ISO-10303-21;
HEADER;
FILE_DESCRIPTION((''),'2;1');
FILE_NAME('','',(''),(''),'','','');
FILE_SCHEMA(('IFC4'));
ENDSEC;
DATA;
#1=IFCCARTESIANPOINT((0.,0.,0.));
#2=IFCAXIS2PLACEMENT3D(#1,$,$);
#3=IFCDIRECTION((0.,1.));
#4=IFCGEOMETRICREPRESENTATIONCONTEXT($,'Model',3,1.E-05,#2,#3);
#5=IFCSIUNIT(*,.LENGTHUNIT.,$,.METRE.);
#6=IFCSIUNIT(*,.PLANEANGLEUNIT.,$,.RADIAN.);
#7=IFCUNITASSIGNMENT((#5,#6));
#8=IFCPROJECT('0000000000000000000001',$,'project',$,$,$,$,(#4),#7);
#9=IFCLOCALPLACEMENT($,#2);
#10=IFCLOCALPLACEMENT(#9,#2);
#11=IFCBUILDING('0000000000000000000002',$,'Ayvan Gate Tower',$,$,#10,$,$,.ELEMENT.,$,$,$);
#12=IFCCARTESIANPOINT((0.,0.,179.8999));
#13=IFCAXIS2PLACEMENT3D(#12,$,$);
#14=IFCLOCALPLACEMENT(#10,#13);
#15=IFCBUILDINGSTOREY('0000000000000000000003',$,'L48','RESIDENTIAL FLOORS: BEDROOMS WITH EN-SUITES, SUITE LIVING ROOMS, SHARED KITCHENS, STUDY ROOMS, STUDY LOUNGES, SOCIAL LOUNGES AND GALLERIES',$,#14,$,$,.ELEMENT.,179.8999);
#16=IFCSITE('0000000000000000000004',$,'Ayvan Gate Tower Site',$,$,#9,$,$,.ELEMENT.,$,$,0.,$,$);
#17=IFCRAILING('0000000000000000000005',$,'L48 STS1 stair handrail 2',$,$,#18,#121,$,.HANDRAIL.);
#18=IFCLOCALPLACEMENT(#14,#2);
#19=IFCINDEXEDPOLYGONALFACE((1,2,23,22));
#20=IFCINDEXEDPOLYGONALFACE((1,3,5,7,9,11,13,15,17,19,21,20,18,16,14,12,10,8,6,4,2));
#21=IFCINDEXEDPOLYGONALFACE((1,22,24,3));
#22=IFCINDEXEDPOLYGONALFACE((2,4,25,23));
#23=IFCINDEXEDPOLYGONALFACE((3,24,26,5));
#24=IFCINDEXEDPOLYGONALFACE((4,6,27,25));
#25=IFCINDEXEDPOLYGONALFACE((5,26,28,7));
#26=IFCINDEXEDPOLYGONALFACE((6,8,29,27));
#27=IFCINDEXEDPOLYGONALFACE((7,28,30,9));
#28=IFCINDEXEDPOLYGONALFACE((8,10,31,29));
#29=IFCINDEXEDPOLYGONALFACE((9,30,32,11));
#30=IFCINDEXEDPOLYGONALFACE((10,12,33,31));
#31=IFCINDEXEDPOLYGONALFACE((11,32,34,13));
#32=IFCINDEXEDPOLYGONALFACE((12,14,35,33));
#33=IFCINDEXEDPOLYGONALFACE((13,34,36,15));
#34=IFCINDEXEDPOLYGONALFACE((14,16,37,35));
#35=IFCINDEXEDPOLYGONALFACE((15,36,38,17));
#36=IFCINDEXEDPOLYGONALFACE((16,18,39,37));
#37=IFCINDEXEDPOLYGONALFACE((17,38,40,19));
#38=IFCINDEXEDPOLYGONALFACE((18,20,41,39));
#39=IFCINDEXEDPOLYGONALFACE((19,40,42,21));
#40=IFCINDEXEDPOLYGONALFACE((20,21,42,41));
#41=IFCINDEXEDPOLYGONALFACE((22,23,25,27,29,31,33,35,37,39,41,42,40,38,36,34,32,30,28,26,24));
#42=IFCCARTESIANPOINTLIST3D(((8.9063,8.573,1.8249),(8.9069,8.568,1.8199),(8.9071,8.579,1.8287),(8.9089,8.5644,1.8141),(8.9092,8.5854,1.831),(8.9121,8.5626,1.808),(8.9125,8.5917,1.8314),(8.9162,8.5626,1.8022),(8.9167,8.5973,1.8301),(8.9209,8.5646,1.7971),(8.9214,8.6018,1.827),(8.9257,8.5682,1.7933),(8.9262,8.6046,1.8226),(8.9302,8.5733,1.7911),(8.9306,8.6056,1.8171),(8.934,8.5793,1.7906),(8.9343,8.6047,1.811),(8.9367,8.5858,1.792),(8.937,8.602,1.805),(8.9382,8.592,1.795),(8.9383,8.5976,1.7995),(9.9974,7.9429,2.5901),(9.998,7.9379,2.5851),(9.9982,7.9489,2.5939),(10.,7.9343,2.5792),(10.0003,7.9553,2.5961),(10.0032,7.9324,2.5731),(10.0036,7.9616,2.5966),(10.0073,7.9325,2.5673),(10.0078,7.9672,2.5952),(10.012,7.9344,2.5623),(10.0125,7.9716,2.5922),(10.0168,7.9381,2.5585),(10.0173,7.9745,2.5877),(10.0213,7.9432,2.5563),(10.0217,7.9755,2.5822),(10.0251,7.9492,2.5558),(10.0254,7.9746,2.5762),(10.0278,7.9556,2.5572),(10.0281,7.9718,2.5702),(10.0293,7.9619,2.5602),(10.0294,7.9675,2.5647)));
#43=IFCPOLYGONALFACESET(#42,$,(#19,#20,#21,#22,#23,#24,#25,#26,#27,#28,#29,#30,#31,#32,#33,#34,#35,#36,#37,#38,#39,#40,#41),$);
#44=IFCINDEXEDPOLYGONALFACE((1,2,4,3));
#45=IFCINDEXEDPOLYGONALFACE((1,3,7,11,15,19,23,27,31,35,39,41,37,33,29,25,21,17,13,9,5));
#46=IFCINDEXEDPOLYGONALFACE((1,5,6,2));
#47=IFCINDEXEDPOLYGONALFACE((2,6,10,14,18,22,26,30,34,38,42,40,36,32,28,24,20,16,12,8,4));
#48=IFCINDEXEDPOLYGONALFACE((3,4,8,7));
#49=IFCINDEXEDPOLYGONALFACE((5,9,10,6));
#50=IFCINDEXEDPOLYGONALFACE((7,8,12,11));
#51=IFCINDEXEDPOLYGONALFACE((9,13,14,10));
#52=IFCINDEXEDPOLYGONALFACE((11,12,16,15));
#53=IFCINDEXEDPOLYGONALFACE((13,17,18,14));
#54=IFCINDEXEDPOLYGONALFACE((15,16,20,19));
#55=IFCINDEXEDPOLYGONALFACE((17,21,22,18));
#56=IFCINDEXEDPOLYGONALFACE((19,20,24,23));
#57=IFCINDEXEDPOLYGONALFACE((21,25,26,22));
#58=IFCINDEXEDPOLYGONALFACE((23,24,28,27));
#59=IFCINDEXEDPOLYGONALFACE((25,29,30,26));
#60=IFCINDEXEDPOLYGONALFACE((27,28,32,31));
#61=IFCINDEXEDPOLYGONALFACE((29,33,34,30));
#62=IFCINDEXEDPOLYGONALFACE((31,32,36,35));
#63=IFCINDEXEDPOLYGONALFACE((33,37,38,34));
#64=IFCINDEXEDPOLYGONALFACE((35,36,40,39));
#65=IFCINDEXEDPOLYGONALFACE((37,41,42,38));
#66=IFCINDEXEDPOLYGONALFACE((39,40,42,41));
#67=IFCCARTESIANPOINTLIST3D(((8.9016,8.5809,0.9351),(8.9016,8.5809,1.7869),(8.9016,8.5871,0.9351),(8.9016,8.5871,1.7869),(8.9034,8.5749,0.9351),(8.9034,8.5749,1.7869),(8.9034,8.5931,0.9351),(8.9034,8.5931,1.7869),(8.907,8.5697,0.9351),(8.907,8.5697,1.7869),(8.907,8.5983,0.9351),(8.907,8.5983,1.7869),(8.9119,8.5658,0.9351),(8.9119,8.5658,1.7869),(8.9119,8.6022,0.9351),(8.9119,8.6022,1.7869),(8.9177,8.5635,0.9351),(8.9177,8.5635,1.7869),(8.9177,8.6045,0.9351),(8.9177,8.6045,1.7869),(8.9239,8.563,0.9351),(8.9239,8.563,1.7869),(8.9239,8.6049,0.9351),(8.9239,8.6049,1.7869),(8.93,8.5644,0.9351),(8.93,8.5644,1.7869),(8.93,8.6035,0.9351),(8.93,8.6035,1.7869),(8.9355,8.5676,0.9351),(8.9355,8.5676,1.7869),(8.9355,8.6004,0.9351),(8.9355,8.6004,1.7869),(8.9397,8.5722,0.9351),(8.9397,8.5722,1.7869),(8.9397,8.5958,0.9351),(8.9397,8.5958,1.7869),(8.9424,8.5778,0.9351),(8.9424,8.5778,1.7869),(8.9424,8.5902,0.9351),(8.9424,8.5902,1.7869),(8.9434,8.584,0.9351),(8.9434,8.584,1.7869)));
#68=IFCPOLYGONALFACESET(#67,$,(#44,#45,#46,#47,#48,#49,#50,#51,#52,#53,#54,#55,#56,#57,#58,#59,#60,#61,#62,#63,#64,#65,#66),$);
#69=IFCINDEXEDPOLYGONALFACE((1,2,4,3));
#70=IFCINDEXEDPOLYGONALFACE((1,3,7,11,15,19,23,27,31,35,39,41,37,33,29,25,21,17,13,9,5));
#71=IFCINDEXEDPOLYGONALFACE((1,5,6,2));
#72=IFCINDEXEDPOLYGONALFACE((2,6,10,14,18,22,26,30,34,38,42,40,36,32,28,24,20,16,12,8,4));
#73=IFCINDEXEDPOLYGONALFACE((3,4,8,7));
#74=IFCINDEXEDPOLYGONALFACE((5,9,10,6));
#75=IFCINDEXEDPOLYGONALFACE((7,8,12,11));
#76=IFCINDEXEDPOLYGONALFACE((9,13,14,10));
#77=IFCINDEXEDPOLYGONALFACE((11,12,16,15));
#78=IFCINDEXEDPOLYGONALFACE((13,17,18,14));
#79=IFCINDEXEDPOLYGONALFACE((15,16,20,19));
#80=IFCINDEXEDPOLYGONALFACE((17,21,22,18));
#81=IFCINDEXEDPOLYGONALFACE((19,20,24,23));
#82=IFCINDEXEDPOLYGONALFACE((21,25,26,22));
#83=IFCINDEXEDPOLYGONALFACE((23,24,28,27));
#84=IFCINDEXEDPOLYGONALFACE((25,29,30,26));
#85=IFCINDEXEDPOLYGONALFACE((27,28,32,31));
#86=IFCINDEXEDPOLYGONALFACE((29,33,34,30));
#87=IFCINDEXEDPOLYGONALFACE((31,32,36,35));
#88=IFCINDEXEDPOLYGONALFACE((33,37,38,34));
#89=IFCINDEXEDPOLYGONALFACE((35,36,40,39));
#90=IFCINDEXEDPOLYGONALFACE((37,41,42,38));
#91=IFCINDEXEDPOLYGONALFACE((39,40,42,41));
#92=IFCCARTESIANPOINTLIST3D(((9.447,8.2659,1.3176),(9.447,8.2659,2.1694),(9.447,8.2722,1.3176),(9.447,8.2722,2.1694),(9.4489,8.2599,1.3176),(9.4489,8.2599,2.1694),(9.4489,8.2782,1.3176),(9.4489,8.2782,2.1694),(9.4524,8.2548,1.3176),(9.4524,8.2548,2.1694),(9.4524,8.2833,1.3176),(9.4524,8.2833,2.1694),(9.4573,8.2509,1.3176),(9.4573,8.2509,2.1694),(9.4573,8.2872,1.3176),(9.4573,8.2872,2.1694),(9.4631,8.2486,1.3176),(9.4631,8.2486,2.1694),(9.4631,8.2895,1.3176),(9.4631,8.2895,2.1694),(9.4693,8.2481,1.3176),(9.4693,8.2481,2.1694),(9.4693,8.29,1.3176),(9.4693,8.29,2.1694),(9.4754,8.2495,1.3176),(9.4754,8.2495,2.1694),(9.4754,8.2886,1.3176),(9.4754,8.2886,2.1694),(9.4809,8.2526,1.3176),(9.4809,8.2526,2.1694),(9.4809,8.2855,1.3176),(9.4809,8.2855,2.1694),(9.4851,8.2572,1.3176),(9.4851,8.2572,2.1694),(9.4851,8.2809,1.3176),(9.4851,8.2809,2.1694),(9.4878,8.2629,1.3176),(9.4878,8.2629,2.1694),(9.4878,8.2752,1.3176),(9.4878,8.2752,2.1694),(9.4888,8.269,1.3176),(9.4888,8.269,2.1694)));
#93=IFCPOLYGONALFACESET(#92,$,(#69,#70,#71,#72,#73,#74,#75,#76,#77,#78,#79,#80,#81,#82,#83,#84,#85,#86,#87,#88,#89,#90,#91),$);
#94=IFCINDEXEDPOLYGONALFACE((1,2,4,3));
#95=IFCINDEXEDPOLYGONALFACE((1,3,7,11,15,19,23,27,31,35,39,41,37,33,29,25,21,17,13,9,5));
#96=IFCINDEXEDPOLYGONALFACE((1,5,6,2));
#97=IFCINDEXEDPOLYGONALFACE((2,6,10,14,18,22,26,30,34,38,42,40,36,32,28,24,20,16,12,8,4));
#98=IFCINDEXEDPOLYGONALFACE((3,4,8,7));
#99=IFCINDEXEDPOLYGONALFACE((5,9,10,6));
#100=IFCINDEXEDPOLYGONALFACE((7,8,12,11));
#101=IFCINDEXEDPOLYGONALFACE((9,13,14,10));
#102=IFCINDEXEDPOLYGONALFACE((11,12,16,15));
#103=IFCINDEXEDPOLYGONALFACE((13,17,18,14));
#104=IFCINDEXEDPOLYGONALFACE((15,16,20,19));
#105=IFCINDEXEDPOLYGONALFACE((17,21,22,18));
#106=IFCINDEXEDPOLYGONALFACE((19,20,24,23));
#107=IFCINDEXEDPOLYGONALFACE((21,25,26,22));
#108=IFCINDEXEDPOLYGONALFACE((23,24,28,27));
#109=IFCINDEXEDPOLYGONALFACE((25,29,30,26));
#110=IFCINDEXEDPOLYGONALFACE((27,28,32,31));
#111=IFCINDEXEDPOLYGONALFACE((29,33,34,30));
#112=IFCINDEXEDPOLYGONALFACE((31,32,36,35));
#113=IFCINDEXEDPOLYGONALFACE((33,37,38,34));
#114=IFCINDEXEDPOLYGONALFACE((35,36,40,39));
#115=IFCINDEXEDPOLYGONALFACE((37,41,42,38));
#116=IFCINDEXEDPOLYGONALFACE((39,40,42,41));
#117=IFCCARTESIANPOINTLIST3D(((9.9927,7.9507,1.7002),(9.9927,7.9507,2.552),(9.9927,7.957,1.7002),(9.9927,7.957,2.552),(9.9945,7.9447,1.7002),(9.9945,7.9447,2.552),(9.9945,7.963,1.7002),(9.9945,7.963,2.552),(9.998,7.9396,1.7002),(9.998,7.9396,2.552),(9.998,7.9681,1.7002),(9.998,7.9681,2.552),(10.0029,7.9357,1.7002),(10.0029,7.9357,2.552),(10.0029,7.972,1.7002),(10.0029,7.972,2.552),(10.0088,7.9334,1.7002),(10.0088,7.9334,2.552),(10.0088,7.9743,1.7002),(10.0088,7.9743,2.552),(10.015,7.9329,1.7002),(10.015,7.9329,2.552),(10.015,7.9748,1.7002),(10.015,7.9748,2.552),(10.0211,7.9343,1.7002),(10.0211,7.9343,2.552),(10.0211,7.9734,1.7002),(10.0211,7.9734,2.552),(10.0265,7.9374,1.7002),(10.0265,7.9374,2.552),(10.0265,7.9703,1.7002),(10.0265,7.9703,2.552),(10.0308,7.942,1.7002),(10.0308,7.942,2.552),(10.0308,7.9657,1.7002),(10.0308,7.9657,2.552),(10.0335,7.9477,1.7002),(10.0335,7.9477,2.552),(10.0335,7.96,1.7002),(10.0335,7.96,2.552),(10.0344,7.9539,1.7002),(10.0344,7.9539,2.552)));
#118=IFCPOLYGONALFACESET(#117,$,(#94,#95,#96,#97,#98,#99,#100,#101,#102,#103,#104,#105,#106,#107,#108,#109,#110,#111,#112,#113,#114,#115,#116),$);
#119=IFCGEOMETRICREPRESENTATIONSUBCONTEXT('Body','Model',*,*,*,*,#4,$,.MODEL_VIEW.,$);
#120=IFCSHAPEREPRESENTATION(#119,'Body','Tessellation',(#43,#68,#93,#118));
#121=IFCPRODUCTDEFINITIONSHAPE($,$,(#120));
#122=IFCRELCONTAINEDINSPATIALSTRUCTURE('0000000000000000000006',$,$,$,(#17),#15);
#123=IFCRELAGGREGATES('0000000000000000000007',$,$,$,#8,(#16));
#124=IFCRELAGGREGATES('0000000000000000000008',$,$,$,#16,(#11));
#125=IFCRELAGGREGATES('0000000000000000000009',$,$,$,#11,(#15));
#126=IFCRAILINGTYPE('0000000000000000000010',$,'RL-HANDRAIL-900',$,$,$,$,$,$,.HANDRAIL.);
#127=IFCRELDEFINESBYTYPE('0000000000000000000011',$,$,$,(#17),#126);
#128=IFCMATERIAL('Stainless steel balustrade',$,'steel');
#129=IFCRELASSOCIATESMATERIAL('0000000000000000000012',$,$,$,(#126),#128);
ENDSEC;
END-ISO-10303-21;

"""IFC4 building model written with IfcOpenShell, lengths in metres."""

from ifc_helpers import new_model, si_unit, direction, frame, origin, origin_2d, place, context, subcontext, project, spatial, circle, extrude, material, type_object, element, save


model = new_model("IFC4")

# Units and contexts
model_context = context("Model", 3, precision=1e-05, world=origin(), true_north=direction((0.0, 1.0)))
body_context = subcontext(model_context, "Body", "Model", "MODEL_VIEW")
ifc_project = project(units=[si_unit("LENGTHUNIT", "METRE"), si_unit("PLANEANGLEUNIT", "RADIAN")], contexts=[model_context])

# Site, building, storey
site_placement = place(None, origin())
site = spatial("IfcSite", under=ifc_project, at=site_placement, Name="Ayvan Gate Tower Site", CompositionType="ELEMENT", RefElevation=0.0)
building_placement = place(site_placement, origin())
building = spatial("IfcBuilding", under=site, at=building_placement, Name="Ayvan Gate Tower", CompositionType="ELEMENT")
storey_placement = place(building_placement, frame((0.0, 0.0, 179.8999)))
storey = spatial("IfcBuildingStorey", under=building, at=storey_placement, Name="L48", Description="RESIDENTIAL FLOORS: BEDROOMS WITH EN-SUITES, SUITE LIVING ROOMS, SHARED KITCHENS, STUDY ROOMS, STUDY LOUNGES, SOCIAL LOUNGES AND GALLERIES", CompositionType="ELEMENT", Elevation=179.8999)

# Railing
ifc_material_1 = material(Name="Stainless steel balustrade", Category="steel")
railing_type_1 = type_object("IfcRailingType", Name="RL-HANDRAIL-900", PredefinedType="HANDRAIL", material=ifc_material_1)
railing_1_placement = place(storey_placement, frame((8.9224, 8.584, 0.9351)))
element("IfcRailing", 1, at=railing_1_placement, inside=storey, type_object=railing_type_1, Name="L48 STS1 stair handrail 2", PredefinedType="HANDRAIL", context=body_context, shape_type="SweptSolid", body=[
    extrude(circle(Radius=0.0239, at=origin_2d()), frame((0.0, 0.0, 0.876), z_axis=(0.740166, -0.427471, 0.51906), x_axis=(0.500119, 0.865956, 0.0)), (0.0, 0.0, 1.0), 1.4741),
    extrude(circle(Radius=0.021, at=origin_2d()), origin(), (0.0, 0.0, 1.0), 0.8518),
    extrude(circle(Radius=0.021, at=origin_2d()), frame((0.5454, -0.3149, 0.3826)), (0.0, 0.0, 1.0), 0.8518),
    extrude(circle(Radius=0.021, at=origin_2d()), frame((1.0911, -0.6301, 0.7651)), (0.0, 0.0, 1.0), 0.8518),
])

save(model, "model.ifc")
